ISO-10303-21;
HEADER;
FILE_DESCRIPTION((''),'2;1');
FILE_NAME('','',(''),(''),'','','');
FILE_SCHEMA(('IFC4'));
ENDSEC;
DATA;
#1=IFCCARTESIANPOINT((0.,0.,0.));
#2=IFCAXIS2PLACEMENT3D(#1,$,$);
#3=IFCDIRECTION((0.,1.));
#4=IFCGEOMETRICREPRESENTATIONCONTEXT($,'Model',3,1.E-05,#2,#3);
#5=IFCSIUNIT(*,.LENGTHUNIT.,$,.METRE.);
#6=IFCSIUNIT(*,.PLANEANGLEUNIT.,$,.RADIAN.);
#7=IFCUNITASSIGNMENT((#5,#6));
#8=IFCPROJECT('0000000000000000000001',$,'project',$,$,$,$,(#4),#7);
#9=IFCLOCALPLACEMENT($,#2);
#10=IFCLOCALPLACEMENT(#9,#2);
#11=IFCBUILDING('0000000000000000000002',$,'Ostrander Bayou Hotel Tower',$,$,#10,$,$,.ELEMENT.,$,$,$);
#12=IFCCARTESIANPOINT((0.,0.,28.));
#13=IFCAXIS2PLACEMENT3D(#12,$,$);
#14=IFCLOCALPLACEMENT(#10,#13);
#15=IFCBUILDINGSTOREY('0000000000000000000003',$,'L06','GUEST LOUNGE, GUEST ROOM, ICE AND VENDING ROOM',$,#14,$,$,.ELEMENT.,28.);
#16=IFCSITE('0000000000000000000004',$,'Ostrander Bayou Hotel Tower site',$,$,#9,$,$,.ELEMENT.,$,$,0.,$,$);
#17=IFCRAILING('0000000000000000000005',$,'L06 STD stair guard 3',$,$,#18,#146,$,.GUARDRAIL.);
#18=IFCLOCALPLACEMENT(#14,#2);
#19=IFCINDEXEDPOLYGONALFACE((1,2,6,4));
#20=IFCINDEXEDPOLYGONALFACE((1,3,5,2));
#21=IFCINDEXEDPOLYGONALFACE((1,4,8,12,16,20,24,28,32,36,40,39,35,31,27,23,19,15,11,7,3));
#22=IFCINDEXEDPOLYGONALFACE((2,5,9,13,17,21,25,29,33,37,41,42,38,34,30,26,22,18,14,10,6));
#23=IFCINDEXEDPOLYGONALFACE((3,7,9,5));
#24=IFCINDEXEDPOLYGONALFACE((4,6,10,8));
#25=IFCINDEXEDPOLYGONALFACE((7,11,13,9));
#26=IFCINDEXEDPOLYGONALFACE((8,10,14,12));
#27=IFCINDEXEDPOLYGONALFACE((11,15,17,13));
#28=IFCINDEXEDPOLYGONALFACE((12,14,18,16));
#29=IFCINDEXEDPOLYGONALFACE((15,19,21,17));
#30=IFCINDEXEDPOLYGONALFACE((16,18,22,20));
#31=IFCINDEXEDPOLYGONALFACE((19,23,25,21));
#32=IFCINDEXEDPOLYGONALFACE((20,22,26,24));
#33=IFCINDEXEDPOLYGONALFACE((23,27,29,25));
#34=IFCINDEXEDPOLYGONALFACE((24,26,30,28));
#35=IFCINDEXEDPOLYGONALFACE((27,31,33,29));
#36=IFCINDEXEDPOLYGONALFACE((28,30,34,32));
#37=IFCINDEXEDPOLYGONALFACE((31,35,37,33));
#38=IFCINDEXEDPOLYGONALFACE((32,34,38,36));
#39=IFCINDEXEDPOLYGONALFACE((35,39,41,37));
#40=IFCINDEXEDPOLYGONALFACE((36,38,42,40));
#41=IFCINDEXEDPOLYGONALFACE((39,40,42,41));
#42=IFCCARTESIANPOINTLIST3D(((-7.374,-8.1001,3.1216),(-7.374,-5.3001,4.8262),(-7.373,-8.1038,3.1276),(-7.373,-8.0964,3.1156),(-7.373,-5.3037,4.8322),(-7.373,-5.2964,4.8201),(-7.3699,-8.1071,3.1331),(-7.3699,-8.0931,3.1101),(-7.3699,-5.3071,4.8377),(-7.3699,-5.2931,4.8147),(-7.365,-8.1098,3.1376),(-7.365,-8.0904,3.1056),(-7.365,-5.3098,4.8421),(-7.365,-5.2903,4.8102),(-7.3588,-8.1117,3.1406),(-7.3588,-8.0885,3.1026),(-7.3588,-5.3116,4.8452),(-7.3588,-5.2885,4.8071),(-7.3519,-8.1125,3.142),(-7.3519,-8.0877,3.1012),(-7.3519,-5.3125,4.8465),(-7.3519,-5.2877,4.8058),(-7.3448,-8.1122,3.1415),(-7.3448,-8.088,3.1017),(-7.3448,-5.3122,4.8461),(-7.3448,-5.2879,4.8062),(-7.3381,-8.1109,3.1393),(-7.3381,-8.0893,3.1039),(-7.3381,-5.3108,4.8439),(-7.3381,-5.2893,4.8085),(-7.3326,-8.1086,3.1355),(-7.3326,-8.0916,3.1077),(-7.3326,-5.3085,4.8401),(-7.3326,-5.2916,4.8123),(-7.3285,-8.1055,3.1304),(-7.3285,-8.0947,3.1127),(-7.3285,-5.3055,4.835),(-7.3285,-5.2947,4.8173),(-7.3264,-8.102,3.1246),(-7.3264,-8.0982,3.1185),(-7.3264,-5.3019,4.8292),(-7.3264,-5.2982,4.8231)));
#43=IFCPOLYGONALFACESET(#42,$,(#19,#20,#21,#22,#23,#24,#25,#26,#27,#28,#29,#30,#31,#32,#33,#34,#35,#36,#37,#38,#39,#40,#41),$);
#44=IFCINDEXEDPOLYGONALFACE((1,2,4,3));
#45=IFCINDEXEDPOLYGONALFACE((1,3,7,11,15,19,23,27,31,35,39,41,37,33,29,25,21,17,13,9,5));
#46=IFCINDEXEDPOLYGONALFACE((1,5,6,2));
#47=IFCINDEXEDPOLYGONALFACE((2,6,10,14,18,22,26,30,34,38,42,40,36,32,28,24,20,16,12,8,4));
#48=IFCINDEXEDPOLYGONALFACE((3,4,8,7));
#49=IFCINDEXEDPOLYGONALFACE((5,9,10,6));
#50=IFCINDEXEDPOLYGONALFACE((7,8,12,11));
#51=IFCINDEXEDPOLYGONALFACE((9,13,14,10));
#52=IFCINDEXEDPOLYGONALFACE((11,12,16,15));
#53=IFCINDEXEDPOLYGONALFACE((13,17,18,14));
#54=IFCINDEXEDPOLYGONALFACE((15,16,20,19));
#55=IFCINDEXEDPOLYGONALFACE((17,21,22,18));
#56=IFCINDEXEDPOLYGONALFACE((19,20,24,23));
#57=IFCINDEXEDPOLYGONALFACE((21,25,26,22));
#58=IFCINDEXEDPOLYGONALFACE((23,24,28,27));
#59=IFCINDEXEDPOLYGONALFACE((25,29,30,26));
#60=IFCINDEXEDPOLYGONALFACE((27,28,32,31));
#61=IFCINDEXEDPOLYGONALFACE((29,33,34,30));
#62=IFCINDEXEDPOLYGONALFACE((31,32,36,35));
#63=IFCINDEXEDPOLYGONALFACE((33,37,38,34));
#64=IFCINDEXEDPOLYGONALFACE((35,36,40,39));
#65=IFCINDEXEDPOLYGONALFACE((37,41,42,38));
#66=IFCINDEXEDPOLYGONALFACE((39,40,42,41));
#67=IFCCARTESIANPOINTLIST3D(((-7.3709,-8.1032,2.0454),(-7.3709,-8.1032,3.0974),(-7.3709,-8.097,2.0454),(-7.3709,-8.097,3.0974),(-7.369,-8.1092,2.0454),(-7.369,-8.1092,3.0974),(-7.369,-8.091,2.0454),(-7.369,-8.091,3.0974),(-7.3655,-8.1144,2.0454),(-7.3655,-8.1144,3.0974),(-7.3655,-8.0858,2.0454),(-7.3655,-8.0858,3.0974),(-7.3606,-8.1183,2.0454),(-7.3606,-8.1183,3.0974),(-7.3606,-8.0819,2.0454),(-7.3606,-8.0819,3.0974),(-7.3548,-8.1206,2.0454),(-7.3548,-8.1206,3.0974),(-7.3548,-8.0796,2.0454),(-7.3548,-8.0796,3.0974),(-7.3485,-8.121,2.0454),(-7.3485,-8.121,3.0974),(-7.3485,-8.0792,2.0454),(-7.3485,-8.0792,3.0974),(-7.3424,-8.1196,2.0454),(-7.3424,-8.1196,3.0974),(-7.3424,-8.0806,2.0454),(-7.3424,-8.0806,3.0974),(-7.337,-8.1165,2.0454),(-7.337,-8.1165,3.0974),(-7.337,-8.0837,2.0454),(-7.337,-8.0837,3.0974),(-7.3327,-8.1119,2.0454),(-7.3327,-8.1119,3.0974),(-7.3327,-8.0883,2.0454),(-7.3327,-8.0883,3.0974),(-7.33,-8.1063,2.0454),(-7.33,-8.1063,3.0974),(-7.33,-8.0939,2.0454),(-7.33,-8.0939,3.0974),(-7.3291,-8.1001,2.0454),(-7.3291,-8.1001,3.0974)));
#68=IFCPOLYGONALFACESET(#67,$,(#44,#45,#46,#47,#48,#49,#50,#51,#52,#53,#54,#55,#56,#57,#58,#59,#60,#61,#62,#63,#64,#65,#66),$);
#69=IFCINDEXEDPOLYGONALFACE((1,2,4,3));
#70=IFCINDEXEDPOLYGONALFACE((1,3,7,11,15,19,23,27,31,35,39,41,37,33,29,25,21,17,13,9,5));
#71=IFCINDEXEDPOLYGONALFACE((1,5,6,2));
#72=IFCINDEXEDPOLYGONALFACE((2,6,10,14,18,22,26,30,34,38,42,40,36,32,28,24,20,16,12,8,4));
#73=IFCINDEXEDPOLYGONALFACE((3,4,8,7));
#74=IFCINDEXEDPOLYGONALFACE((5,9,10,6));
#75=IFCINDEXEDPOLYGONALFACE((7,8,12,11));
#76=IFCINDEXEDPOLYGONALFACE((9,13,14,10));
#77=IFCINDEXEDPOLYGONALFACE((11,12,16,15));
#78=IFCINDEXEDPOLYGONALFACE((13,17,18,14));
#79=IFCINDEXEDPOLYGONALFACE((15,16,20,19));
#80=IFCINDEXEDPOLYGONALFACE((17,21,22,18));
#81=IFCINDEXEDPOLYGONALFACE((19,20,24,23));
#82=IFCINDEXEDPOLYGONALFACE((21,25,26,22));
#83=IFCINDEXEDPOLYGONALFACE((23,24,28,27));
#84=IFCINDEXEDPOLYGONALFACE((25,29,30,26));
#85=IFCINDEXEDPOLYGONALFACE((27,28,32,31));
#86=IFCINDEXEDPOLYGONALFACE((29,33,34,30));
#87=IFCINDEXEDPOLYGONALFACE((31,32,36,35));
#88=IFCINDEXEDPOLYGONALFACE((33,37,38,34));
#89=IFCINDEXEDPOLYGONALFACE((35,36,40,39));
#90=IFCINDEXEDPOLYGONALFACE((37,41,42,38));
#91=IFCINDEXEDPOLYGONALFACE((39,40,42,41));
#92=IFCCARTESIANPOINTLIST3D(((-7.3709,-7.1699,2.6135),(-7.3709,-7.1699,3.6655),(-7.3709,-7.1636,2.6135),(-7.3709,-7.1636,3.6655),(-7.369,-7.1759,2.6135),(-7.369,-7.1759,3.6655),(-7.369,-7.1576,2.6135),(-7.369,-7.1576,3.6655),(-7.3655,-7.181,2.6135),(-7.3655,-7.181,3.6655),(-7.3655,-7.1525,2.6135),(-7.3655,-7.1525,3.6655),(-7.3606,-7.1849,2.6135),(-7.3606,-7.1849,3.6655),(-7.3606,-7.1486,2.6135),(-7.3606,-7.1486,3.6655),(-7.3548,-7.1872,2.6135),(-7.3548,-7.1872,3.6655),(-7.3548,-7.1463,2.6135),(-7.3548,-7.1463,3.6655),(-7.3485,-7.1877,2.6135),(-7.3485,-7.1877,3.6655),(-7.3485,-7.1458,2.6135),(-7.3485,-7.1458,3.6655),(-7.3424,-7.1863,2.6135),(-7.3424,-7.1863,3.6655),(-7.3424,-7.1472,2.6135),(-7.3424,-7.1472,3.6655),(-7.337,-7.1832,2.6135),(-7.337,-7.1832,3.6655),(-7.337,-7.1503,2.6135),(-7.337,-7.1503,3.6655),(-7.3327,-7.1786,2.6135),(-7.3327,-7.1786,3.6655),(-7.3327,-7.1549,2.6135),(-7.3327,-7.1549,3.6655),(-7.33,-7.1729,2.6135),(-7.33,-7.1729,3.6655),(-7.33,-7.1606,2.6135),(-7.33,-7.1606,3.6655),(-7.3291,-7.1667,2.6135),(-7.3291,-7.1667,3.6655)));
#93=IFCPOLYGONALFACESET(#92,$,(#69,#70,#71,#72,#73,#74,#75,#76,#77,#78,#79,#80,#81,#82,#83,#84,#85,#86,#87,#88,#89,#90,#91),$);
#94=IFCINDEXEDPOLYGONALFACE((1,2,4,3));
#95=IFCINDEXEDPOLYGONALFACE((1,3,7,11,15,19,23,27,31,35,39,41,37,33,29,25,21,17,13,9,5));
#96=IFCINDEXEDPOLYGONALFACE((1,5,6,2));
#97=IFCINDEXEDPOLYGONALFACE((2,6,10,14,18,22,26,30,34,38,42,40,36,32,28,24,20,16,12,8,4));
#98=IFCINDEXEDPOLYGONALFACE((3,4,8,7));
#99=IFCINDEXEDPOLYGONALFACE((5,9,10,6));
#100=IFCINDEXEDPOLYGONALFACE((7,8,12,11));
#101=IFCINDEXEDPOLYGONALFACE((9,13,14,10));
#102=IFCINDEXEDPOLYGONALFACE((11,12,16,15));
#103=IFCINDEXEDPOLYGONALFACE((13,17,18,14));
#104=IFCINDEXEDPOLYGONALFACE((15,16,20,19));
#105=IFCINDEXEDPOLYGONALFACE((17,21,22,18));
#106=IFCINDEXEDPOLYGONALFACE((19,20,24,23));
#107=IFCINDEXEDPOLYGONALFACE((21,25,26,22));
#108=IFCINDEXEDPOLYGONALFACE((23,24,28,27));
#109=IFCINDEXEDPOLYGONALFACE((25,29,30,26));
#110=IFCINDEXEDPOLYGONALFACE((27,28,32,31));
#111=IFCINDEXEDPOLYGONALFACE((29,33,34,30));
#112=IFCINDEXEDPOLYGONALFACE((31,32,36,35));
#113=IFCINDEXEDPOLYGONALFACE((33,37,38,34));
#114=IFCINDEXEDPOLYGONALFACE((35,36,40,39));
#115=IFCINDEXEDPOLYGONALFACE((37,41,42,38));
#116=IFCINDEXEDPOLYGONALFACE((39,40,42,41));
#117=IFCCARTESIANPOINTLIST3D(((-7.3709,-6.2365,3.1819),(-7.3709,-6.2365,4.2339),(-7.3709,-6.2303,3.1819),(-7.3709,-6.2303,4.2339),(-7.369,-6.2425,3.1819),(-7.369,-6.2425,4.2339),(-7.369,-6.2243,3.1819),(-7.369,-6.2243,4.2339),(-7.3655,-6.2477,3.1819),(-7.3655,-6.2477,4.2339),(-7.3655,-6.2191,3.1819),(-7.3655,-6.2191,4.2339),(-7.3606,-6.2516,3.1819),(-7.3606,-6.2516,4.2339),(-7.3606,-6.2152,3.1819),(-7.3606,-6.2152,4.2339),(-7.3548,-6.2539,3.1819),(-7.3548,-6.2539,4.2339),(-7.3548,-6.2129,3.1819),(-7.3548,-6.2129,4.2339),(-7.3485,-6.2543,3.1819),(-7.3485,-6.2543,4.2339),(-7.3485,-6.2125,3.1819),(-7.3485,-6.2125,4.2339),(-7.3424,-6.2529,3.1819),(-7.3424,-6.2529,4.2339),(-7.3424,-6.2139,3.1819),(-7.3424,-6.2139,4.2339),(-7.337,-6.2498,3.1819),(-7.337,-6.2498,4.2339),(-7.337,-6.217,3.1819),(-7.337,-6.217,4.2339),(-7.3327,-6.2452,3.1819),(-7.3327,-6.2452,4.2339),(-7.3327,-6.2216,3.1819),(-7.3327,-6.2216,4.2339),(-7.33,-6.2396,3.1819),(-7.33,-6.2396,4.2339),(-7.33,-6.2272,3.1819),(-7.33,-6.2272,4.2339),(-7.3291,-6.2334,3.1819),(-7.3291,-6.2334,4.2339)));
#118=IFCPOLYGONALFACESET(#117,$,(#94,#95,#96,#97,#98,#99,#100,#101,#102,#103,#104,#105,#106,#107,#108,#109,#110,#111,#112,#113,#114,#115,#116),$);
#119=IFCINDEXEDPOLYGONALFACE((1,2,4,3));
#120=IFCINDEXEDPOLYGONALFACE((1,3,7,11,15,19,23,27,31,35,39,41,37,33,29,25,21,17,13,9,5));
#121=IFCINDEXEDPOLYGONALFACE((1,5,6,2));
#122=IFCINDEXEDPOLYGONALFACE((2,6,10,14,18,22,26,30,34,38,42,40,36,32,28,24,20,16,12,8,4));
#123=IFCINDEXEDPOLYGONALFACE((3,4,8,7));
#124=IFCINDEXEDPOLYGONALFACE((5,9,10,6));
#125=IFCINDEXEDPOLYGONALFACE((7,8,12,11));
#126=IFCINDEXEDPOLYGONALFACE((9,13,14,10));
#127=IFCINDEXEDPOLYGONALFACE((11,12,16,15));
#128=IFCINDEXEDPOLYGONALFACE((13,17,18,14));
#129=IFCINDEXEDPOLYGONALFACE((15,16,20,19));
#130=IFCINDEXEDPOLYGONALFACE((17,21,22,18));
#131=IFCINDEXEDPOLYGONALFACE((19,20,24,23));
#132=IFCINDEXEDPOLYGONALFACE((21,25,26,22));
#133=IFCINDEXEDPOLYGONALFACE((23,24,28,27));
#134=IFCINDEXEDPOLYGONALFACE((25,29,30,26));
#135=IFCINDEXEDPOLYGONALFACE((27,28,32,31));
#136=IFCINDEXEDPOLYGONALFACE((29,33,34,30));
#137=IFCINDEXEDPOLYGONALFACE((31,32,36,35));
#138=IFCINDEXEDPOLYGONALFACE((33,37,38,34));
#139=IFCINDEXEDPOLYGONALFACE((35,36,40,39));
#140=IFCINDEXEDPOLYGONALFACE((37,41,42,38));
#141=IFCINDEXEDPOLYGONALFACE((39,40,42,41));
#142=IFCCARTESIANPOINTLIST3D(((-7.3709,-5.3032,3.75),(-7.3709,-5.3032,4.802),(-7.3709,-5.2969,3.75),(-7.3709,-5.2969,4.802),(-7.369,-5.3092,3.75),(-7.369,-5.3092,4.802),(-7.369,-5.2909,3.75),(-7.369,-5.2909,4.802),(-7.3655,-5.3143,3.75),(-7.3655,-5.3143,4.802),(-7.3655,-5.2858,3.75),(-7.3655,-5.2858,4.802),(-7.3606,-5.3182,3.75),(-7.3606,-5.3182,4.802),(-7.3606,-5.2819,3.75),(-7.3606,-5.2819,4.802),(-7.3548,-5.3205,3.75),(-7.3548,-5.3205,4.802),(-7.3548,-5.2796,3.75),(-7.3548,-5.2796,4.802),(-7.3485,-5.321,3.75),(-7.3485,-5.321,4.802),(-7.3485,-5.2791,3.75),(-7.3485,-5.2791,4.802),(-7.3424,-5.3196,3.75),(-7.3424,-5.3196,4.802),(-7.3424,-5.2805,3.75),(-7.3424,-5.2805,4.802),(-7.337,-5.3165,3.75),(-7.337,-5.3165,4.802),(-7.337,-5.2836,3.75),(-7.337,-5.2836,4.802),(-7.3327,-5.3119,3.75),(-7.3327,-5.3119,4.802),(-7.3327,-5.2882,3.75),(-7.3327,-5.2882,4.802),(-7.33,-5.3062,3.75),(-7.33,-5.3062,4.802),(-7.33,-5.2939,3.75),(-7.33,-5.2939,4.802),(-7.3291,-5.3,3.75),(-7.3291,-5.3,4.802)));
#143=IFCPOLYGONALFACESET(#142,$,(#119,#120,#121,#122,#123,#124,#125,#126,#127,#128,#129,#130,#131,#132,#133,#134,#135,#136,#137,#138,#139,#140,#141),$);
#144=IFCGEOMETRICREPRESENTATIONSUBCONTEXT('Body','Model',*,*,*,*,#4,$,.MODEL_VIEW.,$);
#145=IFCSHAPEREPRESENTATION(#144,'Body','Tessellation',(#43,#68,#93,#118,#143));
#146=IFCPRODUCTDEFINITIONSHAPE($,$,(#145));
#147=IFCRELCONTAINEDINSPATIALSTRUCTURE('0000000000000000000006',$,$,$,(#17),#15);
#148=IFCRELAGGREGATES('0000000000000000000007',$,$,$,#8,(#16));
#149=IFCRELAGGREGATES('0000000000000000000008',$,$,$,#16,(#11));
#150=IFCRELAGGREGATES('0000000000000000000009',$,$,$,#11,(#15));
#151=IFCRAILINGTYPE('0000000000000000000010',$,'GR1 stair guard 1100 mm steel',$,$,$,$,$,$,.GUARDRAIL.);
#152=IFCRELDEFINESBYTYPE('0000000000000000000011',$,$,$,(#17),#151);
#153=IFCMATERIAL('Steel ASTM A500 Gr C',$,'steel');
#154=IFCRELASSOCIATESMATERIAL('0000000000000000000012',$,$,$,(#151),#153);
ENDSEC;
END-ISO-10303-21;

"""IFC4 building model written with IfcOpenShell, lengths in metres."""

from ifc_helpers import new_model, si_unit, direction, frame, origin, origin_2d, place, context, subcontext, project, spatial, circle, extrude, material, type_object, element, save


model = new_model("IFC4")

# Units and contexts
model_context = context("Model", 3, precision=1e-05, world=origin(), true_north=direction((0.0, 1.0)))
body_context = subcontext(model_context, "Body", "Model", "MODEL_VIEW")
ifc_project = project(units=[si_unit("LENGTHUNIT", "METRE"), si_unit("PLANEANGLEUNIT", "RADIAN")], contexts=[model_context])

# Site, building, storey
site_placement = place(None, origin())
site = spatial("IfcSite", under=ifc_project, at=site_placement, Name="Ostrander Bayou Hotel Tower site", CompositionType="ELEMENT", RefElevation=0.0)
building_placement = place(site_placement, origin())
building = spatial("IfcBuilding", under=site, at=building_placement, Name="Ostrander Bayou Hotel Tower", CompositionType="ELEMENT")
storey_placement = place(building_placement, frame((0.0, 0.0, 28.0)))
storey = spatial("IfcBuildingStorey", under=building, at=storey_placement, Name="L06", Description="GUEST LOUNGE, GUEST ROOM, ICE AND VENDING ROOM", CompositionType="ELEMENT", Elevation=28.0)

# Railing
ifc_material_1 = material(Name="Steel ASTM A500 Gr C", Category="steel")
railing_type_1 = type_object("IfcRailingType", Name="GR1 stair guard 1100 mm steel", PredefinedType="GUARDRAIL", material=ifc_material_1)
railing_1_placement = place(storey_placement, frame((-7.3501, -8.1001, 2.0454)))
element("IfcRailing", 1, at=railing_1_placement, inside=storey, type_object=railing_type_1, Name="L06 STD stair guard 3", PredefinedType="GUARDRAIL", context=body_context, shape_type="SweptSolid", body=[
    extrude(circle(Radius=0.0239, at=origin_2d()), frame((0.0, 0.0, 1.0762), z_axis=(0.0, 0.85417, 0.519994), x_axis=(-1.0, 0.0, 0.0)), (0.0, 0.0, 1.0), 3.2781),
    extrude(circle(Radius=0.021, at=origin_2d()), origin(), (0.0, 0.0, 1.0), 1.052),
    extrude(circle(Radius=0.021, at=origin_2d()), frame((0.0, 0.9333, 0.5681)), (0.0, 0.0, 1.0), 1.052),
    extrude(circle(Radius=0.021, at=origin_2d()), frame((0.0, 1.8667, 1.1365)), (0.0, 0.0, 1.0), 1.052),
    extrude(circle(Radius=0.021, at=origin_2d()), frame((0.0, 2.8, 1.7046)), (0.0, 0.0, 1.0), 1.052),
])

save(model, "model.ifc")
